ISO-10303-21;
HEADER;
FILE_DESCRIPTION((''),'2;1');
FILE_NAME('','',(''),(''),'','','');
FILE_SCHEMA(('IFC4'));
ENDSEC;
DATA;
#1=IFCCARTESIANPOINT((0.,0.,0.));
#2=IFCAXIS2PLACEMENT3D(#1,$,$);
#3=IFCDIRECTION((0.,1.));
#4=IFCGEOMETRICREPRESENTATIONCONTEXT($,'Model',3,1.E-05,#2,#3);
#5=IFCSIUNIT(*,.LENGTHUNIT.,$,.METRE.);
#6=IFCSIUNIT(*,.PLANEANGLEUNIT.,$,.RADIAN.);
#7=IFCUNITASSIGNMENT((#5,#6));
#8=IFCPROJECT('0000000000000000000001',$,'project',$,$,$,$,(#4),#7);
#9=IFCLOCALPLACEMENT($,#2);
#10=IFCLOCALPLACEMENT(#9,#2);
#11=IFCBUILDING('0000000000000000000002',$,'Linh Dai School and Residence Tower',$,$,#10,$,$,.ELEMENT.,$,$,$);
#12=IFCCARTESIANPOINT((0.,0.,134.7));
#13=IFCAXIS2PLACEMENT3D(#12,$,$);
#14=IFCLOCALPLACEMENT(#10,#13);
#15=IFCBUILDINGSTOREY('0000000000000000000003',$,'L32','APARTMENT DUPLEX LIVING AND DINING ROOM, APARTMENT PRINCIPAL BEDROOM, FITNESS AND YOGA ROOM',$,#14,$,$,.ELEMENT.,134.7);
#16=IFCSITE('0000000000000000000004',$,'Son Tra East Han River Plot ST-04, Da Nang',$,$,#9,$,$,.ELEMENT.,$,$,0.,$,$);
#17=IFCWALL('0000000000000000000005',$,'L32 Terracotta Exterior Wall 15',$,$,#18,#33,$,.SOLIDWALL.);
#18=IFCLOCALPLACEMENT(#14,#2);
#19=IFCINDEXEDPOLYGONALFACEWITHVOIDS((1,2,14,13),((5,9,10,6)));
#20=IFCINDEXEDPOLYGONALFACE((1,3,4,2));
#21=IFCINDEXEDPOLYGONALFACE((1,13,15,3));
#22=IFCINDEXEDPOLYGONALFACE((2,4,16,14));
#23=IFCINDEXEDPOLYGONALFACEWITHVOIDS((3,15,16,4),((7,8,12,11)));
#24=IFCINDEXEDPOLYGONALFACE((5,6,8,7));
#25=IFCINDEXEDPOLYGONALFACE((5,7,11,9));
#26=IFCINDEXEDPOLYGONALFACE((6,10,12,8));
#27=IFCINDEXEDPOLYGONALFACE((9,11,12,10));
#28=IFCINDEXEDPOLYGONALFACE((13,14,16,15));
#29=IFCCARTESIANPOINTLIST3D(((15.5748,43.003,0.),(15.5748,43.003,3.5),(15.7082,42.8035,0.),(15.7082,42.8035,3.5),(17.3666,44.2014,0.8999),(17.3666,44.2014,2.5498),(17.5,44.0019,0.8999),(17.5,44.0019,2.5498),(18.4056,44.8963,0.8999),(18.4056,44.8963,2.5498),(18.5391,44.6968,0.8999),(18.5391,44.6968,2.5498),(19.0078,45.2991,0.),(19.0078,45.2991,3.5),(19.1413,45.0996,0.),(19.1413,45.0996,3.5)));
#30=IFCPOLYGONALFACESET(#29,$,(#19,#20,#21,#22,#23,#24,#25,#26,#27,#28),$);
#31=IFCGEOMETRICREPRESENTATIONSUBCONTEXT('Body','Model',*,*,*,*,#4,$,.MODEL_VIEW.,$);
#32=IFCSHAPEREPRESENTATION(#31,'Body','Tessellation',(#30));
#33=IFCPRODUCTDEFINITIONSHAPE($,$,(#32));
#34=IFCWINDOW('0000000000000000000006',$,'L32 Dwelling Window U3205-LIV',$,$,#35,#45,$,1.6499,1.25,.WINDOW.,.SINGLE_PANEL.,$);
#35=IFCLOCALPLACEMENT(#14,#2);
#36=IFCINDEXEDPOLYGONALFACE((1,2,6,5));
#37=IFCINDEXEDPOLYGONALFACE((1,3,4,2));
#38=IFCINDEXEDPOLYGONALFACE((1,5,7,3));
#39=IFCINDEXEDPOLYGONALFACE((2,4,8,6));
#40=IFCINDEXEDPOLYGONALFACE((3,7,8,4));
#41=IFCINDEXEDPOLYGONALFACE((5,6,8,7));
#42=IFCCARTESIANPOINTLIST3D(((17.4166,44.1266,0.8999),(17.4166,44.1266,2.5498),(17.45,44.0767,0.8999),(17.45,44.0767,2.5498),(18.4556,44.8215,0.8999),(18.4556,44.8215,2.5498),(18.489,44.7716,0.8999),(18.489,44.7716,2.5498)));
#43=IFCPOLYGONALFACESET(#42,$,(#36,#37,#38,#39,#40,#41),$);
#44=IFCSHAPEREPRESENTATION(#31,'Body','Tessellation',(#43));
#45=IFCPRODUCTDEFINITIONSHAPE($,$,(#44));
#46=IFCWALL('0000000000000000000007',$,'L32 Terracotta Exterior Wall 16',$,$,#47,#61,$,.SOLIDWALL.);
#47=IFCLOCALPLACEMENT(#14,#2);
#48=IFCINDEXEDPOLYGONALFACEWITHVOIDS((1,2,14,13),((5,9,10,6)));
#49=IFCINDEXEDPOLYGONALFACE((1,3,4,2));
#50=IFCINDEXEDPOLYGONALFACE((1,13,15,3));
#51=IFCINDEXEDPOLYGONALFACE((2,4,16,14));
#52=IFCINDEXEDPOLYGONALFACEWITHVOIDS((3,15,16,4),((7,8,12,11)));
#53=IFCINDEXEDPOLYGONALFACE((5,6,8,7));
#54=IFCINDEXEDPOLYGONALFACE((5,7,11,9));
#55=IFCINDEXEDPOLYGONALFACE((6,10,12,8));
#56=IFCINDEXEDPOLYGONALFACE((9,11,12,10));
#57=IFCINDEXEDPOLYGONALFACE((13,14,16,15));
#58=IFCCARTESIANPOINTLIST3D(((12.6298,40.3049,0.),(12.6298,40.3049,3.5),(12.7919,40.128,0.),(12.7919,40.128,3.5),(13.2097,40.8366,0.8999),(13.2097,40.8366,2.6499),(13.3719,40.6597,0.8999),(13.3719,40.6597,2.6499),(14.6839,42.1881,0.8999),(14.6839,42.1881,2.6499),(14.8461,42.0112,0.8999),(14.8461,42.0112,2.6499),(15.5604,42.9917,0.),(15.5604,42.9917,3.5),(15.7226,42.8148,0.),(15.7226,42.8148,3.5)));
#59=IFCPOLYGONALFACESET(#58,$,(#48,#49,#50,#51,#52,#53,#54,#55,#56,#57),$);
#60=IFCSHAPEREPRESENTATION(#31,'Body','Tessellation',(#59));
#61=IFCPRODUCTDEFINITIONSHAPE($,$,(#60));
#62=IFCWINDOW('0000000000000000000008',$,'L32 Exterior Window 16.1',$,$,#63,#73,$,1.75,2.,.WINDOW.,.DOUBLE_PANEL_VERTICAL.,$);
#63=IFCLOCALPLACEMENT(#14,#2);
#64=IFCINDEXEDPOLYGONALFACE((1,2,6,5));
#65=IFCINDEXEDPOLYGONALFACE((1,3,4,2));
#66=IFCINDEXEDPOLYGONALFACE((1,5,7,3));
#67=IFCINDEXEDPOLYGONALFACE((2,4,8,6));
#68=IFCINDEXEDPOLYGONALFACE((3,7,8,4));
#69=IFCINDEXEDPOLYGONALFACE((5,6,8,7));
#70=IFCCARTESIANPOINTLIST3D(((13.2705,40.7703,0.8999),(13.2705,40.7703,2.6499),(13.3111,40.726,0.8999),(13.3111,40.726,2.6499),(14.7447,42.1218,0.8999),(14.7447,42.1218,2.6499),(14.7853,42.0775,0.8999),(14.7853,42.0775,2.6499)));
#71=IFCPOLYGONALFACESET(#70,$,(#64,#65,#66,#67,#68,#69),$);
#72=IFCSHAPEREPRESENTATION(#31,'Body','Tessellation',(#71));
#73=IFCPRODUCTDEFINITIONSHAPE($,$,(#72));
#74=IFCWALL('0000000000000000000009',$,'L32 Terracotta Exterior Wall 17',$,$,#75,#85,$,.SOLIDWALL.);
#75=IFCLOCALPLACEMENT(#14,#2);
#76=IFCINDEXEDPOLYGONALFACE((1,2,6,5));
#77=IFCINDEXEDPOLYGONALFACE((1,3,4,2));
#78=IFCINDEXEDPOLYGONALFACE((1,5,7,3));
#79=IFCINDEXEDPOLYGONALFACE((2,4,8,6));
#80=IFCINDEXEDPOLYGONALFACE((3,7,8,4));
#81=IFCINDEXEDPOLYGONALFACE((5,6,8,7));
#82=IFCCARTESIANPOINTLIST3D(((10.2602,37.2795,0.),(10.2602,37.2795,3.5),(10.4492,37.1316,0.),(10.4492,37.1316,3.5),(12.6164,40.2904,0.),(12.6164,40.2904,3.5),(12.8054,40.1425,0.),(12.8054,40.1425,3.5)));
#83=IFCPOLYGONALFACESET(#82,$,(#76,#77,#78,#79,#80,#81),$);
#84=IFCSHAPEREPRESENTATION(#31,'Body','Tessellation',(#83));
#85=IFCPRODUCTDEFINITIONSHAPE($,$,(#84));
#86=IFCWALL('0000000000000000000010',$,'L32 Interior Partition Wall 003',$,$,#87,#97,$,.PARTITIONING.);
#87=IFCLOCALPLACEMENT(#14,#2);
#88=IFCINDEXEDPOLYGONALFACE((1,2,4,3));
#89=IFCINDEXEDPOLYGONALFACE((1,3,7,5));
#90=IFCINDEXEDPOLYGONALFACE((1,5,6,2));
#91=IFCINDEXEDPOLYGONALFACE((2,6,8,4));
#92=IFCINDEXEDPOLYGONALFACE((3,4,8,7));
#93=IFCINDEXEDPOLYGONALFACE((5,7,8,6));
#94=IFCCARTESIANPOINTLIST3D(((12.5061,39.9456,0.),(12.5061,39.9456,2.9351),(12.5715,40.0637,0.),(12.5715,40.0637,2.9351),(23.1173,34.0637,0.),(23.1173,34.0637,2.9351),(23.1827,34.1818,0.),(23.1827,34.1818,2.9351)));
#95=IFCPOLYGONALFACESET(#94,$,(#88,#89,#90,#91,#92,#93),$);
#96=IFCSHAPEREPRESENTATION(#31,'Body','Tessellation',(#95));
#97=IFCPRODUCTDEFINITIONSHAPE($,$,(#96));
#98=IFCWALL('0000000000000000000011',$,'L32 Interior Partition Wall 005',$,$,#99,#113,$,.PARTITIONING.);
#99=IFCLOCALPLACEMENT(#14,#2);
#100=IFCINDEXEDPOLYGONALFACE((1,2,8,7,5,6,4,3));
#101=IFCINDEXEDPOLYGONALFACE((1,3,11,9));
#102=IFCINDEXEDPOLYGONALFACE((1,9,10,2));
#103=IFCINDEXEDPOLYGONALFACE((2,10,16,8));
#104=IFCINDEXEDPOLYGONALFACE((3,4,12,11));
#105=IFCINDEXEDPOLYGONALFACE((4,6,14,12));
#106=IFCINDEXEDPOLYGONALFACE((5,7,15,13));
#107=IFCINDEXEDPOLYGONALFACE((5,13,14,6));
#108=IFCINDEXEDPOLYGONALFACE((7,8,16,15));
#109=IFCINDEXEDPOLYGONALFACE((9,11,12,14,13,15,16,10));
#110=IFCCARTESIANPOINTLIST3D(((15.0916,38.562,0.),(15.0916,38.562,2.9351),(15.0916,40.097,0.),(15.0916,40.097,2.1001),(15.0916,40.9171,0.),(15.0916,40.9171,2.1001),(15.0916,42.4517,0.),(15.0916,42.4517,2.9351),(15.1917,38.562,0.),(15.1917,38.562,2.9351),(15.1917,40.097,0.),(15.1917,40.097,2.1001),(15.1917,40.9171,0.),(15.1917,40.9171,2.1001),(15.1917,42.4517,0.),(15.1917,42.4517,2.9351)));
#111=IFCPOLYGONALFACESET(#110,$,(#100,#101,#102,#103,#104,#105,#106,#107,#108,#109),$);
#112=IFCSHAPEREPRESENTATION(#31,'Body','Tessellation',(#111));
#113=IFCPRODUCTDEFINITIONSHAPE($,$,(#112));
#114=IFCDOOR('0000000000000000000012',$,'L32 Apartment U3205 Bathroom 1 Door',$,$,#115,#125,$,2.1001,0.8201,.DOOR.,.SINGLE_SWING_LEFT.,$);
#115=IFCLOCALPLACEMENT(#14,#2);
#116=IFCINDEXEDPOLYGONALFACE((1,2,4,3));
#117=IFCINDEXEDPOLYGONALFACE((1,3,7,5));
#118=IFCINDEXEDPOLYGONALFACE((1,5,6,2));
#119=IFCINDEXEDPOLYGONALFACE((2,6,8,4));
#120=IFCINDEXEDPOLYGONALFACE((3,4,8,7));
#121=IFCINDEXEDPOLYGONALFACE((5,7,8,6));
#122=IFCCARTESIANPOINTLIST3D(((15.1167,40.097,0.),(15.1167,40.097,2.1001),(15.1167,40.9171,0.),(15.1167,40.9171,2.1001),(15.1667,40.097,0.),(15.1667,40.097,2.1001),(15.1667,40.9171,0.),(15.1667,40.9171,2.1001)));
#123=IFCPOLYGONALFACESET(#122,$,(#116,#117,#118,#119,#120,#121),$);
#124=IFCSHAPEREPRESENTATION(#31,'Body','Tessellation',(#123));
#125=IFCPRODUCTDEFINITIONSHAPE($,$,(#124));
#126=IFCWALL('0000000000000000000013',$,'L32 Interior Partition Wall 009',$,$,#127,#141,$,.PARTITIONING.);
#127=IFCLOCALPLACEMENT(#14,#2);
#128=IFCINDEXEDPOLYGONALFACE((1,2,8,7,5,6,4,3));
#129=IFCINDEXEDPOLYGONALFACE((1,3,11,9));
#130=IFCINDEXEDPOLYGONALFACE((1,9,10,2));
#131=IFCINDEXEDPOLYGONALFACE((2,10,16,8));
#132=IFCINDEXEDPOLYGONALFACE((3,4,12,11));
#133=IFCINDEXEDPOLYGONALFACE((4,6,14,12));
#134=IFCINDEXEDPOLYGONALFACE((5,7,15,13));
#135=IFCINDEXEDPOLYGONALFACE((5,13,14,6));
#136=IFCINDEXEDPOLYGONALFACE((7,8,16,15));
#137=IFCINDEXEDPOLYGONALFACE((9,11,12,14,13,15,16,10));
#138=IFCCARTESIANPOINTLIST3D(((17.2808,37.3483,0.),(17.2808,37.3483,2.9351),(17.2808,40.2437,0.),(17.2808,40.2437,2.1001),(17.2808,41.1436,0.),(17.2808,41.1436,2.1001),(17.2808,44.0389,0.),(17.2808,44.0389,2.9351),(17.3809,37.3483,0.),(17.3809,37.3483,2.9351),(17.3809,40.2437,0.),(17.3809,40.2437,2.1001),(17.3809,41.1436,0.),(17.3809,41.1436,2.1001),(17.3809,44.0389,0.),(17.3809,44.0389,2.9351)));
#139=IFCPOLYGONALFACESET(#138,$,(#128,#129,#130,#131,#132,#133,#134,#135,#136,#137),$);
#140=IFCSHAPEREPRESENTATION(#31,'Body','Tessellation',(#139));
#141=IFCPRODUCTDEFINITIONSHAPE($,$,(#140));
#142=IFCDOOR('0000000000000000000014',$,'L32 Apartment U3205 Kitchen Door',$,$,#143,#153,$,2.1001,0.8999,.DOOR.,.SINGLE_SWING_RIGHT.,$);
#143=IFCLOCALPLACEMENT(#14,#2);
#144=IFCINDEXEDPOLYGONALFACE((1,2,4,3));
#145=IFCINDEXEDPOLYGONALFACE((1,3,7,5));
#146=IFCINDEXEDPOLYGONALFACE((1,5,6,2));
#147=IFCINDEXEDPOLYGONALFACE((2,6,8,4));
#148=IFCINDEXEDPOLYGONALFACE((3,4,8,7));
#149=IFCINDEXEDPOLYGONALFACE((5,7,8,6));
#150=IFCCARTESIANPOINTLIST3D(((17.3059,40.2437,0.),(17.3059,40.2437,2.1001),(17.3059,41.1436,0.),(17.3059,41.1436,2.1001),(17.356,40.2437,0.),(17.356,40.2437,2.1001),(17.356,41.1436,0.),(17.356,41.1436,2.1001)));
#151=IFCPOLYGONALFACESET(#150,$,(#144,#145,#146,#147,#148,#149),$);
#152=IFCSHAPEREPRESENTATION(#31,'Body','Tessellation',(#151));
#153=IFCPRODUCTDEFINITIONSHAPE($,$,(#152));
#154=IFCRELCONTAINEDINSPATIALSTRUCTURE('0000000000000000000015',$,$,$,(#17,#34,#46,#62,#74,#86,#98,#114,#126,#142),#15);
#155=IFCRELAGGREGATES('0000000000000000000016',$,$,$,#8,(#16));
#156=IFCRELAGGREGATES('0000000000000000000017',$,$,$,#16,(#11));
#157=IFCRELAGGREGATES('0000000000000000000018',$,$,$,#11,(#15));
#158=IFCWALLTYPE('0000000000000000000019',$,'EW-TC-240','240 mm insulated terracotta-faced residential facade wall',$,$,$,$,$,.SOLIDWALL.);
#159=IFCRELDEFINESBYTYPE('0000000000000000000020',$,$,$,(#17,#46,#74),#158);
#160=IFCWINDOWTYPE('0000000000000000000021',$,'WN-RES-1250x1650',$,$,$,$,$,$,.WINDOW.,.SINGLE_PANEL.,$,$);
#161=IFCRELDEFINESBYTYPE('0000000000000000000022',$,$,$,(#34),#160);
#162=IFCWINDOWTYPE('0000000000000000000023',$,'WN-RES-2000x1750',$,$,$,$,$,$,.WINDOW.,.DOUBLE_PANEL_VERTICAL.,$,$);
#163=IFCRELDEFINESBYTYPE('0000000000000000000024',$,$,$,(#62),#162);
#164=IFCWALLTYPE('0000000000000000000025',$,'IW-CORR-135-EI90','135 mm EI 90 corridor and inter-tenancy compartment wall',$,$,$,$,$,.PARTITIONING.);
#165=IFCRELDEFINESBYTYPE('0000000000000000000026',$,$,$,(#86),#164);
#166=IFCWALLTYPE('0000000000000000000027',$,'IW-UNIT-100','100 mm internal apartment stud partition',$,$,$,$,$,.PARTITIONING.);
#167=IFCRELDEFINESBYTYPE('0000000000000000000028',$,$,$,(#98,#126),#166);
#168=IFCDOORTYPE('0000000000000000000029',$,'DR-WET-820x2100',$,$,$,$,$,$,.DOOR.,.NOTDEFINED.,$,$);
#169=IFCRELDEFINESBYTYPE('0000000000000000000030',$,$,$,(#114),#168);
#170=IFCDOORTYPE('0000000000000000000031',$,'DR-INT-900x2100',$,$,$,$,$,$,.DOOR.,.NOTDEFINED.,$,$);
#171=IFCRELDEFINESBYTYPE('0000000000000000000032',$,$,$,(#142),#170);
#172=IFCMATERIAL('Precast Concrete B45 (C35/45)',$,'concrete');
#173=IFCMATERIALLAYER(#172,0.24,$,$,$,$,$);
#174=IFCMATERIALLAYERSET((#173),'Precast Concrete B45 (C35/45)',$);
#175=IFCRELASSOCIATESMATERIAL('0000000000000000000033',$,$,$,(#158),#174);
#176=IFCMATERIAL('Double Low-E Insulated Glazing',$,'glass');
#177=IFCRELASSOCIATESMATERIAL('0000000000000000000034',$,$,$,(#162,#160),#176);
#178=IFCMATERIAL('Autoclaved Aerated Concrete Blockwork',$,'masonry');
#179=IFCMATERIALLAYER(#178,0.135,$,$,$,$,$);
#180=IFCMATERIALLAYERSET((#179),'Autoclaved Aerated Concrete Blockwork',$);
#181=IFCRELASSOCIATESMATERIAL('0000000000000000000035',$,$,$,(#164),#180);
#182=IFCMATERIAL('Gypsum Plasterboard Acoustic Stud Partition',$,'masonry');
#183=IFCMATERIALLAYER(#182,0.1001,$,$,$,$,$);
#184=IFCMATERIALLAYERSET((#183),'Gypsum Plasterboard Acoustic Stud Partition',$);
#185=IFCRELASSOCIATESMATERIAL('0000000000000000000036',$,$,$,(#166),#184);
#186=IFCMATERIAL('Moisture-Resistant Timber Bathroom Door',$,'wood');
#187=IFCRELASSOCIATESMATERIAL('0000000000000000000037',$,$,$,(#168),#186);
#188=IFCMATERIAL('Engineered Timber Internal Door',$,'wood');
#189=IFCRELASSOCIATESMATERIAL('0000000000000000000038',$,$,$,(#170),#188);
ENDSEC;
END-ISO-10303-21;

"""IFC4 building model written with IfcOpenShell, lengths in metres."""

from ifc_helpers import new_model, si_unit, direction, frame, frame_2d, origin, origin_2d, place, context, subcontext, project, spatial, rectangle, extrude, source, transform, mapped, material, layer, layer_set, type_object, element, fill, save


model = new_model("IFC4")

# Units and contexts
model_context = context("Model", 3, precision=1e-05, world=origin(), true_north=direction((0.0, 1.0)))
body_context = subcontext(model_context, "Body", "Model", "MODEL_VIEW")
ifc_project = project(units=[si_unit("LENGTHUNIT", "METRE"), si_unit("PLANEANGLEUNIT", "RADIAN")], contexts=[model_context])

# Site, building, storey
site_placement = place(None, origin())
site = spatial("IfcSite", under=ifc_project, at=site_placement, Name="Son Tra East Han River Plot ST-04, Da Nang", CompositionType="ELEMENT", RefElevation=0.0)
building_placement = place(site_placement, origin())
building = spatial("IfcBuilding", under=site, at=building_placement, Name="Linh Dai School and Residence Tower", CompositionType="ELEMENT")
storey_placement = place(building_placement, frame((0.0, 0.0, 134.7)))
storey = spatial("IfcBuildingStorey", under=building, at=storey_placement, Name="L32", Description="APARTMENT DUPLEX LIVING AND DINING ROOM, APARTMENT PRINCIPAL BEDROOM, FITNESS AND YOGA ROOM", CompositionType="ELEMENT", Elevation=134.7)

# Shared definitions
ifc_material_1 = material(Name="Precast Concrete B45 (C35/45)", Category="concrete")

# Shared definitions
ifc_layer_1 = layer(ifc_material_1, 0.24)
ifc_layer_set_1 = layer_set([ifc_layer_1], Name="Precast Concrete B45 (C35/45)")
wall_type_1 = type_object("IfcWallType", Name="EW-TC-240", Description="240 mm insulated terracotta-faced residential facade wall", PredefinedType="SOLIDWALL", material=ifc_layer_set_1)

# Shared definitions
ifc_material_2 = material(Name="Double Low-E Insulated Glazing", Category="glass")
window_type_1 = type_object("IfcWindowType", Name="WN-RES-2000x1750", PartitioningType="DOUBLE_PANEL_VERTICAL", PredefinedType="WINDOW", material=ifc_material_2)
shared_shape_1 = source(origin(), body_context, "Body", "SweptSolid", [
    extrude(rectangle(XDim=2.0, YDim=1.75, at=origin_2d()), frame((1.0, 0.03, 0.875), z_axis=(0.0, -1.0, 0.0), x_axis=(1.0, 0.0, 0.0)), (0.0, 0.0, 1.0), 0.0601),
])

# Walls, openings, windows
wall_1_placement = place(storey_placement, frame((15.6416, 42.9033, 0.0), z_axis=(0.0, 0.0, 1.0), x_axis=(0.831222, 0.555941, 0.0)))
wall_1 = element("IfcWall", 1, at=wall_1_placement, inside=storey, type_object=wall_type_1, Name="L32 Terracotta Exterior Wall 15", PredefinedType="SOLIDWALL", context=body_context, shape_type="SweptSolid", body=[
    extrude(rectangle(XDim=4.1301, YDim=0.24, at=frame_2d((2.0649, 0.0))), origin(), (0.0, 0.0, 1.0), 3.5),
])
opening_1_placement = place(wall_1_placement, frame((2.1555, 0.0, 0.8999)))
opening_1 = element("IfcOpeningElement", 2, at=opening_1_placement, cuts=wall_1, PredefinedType="OPENING", context=body_context, shape_type="SweptSolid", body=[
    extrude(rectangle(XDim=1.25, YDim=1.6499, at=origin_2d()), frame((0.625, 0.1299, 0.825), z_axis=(0.0, -1.0, 0.0), x_axis=(1.0, 0.0, 0.0)), (0.0, 0.0, 1.0), 0.26),
])
window_type_2 = type_object("IfcWindowType", Name="WN-RES-1250x1650", PartitioningType="SINGLE_PANEL", PredefinedType="WINDOW", material=ifc_material_2)
shared_shape_2 = source(origin(), body_context, "Body", "SweptSolid", [
    extrude(rectangle(XDim=1.25, YDim=1.6499, at=origin_2d()), frame((0.625, 0.03, 0.825), z_axis=(0.0, -1.0, 0.0), x_axis=(1.0, 0.0, 0.0)), (0.0, 0.0, 1.0), 0.0601),
])
window_1_placement = place(opening_1_placement, origin())
window_1 = element("IfcWindow", 3, at=window_1_placement, inside=storey, type_object=window_type_2, Name="L32 Dwelling Window U3205-LIV", OverallHeight=1.6499, OverallWidth=1.25, PartitioningType="SINGLE_PANEL", PredefinedType="WINDOW", context=body_context, shape_type="MappedRepresentation", body=[
    mapped(shared_shape_2, transform((0.0, 0.0, 0.0), x_axis=(1.0, 0.0, 0.0), y_axis=(0.0, 1.0, 0.0), z_axis=(0.0, 0.0, 1.0), scale=1.0)),
])
fill(opening_1, window_1)
wall_2_placement = place(storey_placement, frame((12.7109, 40.2166, 0.0), z_axis=(0.0, 0.0, 1.0), x_axis=(0.737113, 0.675769, 0.0)))
wall_2 = element("IfcWall", 4, at=wall_2_placement, inside=storey, type_object=wall_type_1, Name="L32 Terracotta Exterior Wall 16", PredefinedType="SOLIDWALL", context=body_context, shape_type="SweptSolid", body=[
    extrude(rectangle(XDim=3.9758, YDim=0.24, at=frame_2d((1.9878, 0.0))), origin(), (0.0, 0.0, 1.0), 3.5),
])
opening_2_placement = place(wall_2_placement, frame((0.7866, 0.0, 0.8999)))
opening_2 = element("IfcOpeningElement", 5, at=opening_2_placement, cuts=wall_2, PredefinedType="OPENING", context=body_context, shape_type="SweptSolid", body=[
    extrude(rectangle(XDim=2.0, YDim=1.75, at=origin_2d()), frame((1.0, 0.1299, 0.875), z_axis=(0.0, -1.0, 0.0), x_axis=(1.0, 0.0, 0.0)), (0.0, 0.0, 1.0), 0.26),
])
window_2_placement = place(opening_2_placement, origin())
window_2 = element("IfcWindow", 6, at=window_2_placement, inside=storey, type_object=window_type_1, Name="L32 Exterior Window 16.1", OverallHeight=1.75, OverallWidth=2.0, PartitioningType="DOUBLE_PANEL_VERTICAL", PredefinedType="WINDOW", context=body_context, shape_type="MappedRepresentation", body=[
    mapped(shared_shape_1, transform((0.0, 0.0, 0.0), x_axis=(1.0, 0.0, 0.0), y_axis=(0.0, 1.0, 0.0), z_axis=(0.0, 0.0, 1.0), scale=1.0)),
])
fill(opening_2, window_2)

# Walls
wall_3_placement = place(storey_placement, frame((10.3547, 37.2056, 0.0), z_axis=(0.0, 0.0, 1.0), x_axis=(0.616272, 0.787533, 0.0)))
element("IfcWall", 7, at=wall_3_placement, inside=storey, type_object=wall_type_1, Name="L32 Terracotta Exterior Wall 17", PredefinedType="SOLIDWALL", context=body_context, shape_type="SweptSolid", body=[
    extrude(rectangle(XDim=3.8232, YDim=0.24, at=frame_2d((1.9116, 0.0))), origin(), (0.0, 0.0, 1.0), 3.5),
])
ifc_material_3 = material(Name="Autoclaved Aerated Concrete Blockwork", Category="masonry")
ifc_layer_2 = layer(ifc_material_3, 0.135)
ifc_layer_set_2 = layer_set([ifc_layer_2], Name="Autoclaved Aerated Concrete Blockwork")
wall_type_2 = type_object("IfcWallType", Name="IW-CORR-135-EI90", Description="135 mm EI 90 corridor and inter-tenancy compartment wall", PredefinedType="PARTITIONING", material=ifc_layer_set_2)
wall_4_placement = place(storey_placement, frame((12.5388, 40.0046, 0.0), z_axis=(0.0, 0.0, 1.0), x_axis=(0.874619, -0.484811, 0.0)))
element("IfcWall", 8, at=wall_4_placement, inside=storey, type_object=wall_type_2, Name="L32 Interior Partition Wall 003", PredefinedType="PARTITIONING", context=body_context, shape_type="SweptSolid", body=[
    extrude(rectangle(XDim=12.1323, YDim=0.135, at=frame_2d((6.0662, 0.0))), origin(), (0.0, 0.0, 1.0), 2.9351),
])

# Walls, openings, doors
ifc_material_4 = material(Name="Gypsum Plasterboard Acoustic Stud Partition", Category="masonry")
ifc_layer_3 = layer(ifc_material_4, 0.1001)
ifc_layer_set_3 = layer_set([ifc_layer_3], Name="Gypsum Plasterboard Acoustic Stud Partition")
wall_type_3 = type_object("IfcWallType", Name="IW-UNIT-100", Description="100 mm internal apartment stud partition", PredefinedType="PARTITIONING", material=ifc_layer_set_3)
wall_5_placement = place(storey_placement, frame((15.1416, 38.562, 0.0), z_axis=(0.0, 0.0, 1.0), x_axis=(0.0, 1.0, 0.0)))
wall_5 = element("IfcWall", 9, at=wall_5_placement, inside=storey, type_object=wall_type_3, Name="L32 Interior Partition Wall 005", PredefinedType="PARTITIONING", context=body_context, shape_type="SweptSolid", body=[
    extrude(rectangle(XDim=3.8896, YDim=0.1001, at=frame_2d((1.9448, 0.0))), origin(), (0.0, 0.0, 1.0), 2.9351),
])
opening_3_placement = place(wall_5_placement, frame((1.5349, 0.0, 0.0)))
opening_3 = element("IfcOpeningElement", 10, at=opening_3_placement, cuts=wall_5, PredefinedType="OPENING", context=body_context, shape_type="SweptSolid", body=[
    extrude(rectangle(XDim=0.8201, YDim=2.1001, at=origin_2d()), frame((0.4102, 0.0601, 1.05), z_axis=(0.0, -1.0, 0.0), x_axis=(1.0, 0.0, 0.0)), (0.0, 0.0, 1.0), 0.1201),
])
ifc_material_5 = material(Name="Moisture-Resistant Timber Bathroom Door", Category="wood")
door_type_1 = type_object("IfcDoorType", Name="DR-WET-820x2100", OperationType="NOTDEFINED", PredefinedType="DOOR", material=ifc_material_5)
shared_shape_3 = source(origin(), body_context, "Body", "SweptSolid", [
    extrude(rectangle(XDim=0.8201, YDim=2.1001, at=origin_2d()), frame((0.4102, 0.0249, 1.05), z_axis=(0.0, -1.0, 0.0), x_axis=(1.0, 0.0, 0.0)), (0.0, 0.0, 1.0), 0.05),
])
door_1_placement = place(opening_3_placement, origin())
door_1 = element("IfcDoor", 11, at=door_1_placement, inside=storey, type_object=door_type_1, Name="L32 Apartment U3205 Bathroom 1 Door", OperationType="SINGLE_SWING_LEFT", OverallHeight=2.1001, OverallWidth=0.8201, PredefinedType="DOOR", context=body_context, shape_type="MappedRepresentation", body=[
    mapped(shared_shape_3, transform((0.0, 0.0, 0.0), x_axis=(1.0, 0.0, 0.0), y_axis=(0.0, 1.0, 0.0), z_axis=(0.0, 0.0, 1.0), scale=1.0)),
])
fill(opening_3, door_1)
wall_6_placement = place(storey_placement, frame((17.3308, 37.3484, 0.0), z_axis=(0.0, 0.0, 1.0), x_axis=(0.0, 1.0, 0.0)))
wall_6 = element("IfcWall", 12, at=wall_6_placement, inside=storey, type_object=wall_type_3, Name="L32 Interior Partition Wall 009", PredefinedType="PARTITIONING", context=body_context, shape_type="SweptSolid", body=[
    extrude(rectangle(XDim=6.6907, YDim=0.1001, at=frame_2d((3.3452, 0.0))), origin(), (0.0, 0.0, 1.0), 2.9351),
])
opening_4_placement = place(wall_6_placement, frame((2.8953, 0.0, 0.0)))
opening_4 = element("IfcOpeningElement", 13, at=opening_4_placement, cuts=wall_6, PredefinedType="OPENING", context=body_context, shape_type="SweptSolid", body=[
    extrude(rectangle(XDim=0.8999, YDim=2.1001, at=origin_2d()), frame((0.45, 0.0601, 1.05), z_axis=(0.0, -1.0, 0.0), x_axis=(1.0, 0.0, 0.0)), (0.0, 0.0, 1.0), 0.1201),
])
ifc_material_6 = material(Name="Engineered Timber Internal Door", Category="wood")
door_type_2 = type_object("IfcDoorType", Name="DR-INT-900x2100", OperationType="NOTDEFINED", PredefinedType="DOOR", material=ifc_material_6)
shared_shape_4 = source(origin(), body_context, "Body", "SweptSolid", [
    extrude(rectangle(XDim=0.8999, YDim=2.1001, at=origin_2d()), frame((0.45, 0.0249, 1.05), z_axis=(0.0, -1.0, 0.0), x_axis=(1.0, 0.0, 0.0)), (0.0, 0.0, 1.0), 0.05),
])
door_2_placement = place(opening_4_placement, origin())
door_2 = element("IfcDoor", 14, at=door_2_placement, inside=storey, type_object=door_type_2, Name="L32 Apartment U3205 Kitchen Door", OperationType="SINGLE_SWING_RIGHT", OverallHeight=2.1001, OverallWidth=0.8999, PredefinedType="DOOR", context=body_context, shape_type="MappedRepresentation", body=[
    mapped(shared_shape_4, transform((0.0, 0.0, 0.0), x_axis=(1.0, 0.0, 0.0), y_axis=(0.0, 1.0, 0.0), z_axis=(0.0, 0.0, 1.0), scale=1.0)),
])
fill(opening_4, door_2)

save(model, "model.ifc")
